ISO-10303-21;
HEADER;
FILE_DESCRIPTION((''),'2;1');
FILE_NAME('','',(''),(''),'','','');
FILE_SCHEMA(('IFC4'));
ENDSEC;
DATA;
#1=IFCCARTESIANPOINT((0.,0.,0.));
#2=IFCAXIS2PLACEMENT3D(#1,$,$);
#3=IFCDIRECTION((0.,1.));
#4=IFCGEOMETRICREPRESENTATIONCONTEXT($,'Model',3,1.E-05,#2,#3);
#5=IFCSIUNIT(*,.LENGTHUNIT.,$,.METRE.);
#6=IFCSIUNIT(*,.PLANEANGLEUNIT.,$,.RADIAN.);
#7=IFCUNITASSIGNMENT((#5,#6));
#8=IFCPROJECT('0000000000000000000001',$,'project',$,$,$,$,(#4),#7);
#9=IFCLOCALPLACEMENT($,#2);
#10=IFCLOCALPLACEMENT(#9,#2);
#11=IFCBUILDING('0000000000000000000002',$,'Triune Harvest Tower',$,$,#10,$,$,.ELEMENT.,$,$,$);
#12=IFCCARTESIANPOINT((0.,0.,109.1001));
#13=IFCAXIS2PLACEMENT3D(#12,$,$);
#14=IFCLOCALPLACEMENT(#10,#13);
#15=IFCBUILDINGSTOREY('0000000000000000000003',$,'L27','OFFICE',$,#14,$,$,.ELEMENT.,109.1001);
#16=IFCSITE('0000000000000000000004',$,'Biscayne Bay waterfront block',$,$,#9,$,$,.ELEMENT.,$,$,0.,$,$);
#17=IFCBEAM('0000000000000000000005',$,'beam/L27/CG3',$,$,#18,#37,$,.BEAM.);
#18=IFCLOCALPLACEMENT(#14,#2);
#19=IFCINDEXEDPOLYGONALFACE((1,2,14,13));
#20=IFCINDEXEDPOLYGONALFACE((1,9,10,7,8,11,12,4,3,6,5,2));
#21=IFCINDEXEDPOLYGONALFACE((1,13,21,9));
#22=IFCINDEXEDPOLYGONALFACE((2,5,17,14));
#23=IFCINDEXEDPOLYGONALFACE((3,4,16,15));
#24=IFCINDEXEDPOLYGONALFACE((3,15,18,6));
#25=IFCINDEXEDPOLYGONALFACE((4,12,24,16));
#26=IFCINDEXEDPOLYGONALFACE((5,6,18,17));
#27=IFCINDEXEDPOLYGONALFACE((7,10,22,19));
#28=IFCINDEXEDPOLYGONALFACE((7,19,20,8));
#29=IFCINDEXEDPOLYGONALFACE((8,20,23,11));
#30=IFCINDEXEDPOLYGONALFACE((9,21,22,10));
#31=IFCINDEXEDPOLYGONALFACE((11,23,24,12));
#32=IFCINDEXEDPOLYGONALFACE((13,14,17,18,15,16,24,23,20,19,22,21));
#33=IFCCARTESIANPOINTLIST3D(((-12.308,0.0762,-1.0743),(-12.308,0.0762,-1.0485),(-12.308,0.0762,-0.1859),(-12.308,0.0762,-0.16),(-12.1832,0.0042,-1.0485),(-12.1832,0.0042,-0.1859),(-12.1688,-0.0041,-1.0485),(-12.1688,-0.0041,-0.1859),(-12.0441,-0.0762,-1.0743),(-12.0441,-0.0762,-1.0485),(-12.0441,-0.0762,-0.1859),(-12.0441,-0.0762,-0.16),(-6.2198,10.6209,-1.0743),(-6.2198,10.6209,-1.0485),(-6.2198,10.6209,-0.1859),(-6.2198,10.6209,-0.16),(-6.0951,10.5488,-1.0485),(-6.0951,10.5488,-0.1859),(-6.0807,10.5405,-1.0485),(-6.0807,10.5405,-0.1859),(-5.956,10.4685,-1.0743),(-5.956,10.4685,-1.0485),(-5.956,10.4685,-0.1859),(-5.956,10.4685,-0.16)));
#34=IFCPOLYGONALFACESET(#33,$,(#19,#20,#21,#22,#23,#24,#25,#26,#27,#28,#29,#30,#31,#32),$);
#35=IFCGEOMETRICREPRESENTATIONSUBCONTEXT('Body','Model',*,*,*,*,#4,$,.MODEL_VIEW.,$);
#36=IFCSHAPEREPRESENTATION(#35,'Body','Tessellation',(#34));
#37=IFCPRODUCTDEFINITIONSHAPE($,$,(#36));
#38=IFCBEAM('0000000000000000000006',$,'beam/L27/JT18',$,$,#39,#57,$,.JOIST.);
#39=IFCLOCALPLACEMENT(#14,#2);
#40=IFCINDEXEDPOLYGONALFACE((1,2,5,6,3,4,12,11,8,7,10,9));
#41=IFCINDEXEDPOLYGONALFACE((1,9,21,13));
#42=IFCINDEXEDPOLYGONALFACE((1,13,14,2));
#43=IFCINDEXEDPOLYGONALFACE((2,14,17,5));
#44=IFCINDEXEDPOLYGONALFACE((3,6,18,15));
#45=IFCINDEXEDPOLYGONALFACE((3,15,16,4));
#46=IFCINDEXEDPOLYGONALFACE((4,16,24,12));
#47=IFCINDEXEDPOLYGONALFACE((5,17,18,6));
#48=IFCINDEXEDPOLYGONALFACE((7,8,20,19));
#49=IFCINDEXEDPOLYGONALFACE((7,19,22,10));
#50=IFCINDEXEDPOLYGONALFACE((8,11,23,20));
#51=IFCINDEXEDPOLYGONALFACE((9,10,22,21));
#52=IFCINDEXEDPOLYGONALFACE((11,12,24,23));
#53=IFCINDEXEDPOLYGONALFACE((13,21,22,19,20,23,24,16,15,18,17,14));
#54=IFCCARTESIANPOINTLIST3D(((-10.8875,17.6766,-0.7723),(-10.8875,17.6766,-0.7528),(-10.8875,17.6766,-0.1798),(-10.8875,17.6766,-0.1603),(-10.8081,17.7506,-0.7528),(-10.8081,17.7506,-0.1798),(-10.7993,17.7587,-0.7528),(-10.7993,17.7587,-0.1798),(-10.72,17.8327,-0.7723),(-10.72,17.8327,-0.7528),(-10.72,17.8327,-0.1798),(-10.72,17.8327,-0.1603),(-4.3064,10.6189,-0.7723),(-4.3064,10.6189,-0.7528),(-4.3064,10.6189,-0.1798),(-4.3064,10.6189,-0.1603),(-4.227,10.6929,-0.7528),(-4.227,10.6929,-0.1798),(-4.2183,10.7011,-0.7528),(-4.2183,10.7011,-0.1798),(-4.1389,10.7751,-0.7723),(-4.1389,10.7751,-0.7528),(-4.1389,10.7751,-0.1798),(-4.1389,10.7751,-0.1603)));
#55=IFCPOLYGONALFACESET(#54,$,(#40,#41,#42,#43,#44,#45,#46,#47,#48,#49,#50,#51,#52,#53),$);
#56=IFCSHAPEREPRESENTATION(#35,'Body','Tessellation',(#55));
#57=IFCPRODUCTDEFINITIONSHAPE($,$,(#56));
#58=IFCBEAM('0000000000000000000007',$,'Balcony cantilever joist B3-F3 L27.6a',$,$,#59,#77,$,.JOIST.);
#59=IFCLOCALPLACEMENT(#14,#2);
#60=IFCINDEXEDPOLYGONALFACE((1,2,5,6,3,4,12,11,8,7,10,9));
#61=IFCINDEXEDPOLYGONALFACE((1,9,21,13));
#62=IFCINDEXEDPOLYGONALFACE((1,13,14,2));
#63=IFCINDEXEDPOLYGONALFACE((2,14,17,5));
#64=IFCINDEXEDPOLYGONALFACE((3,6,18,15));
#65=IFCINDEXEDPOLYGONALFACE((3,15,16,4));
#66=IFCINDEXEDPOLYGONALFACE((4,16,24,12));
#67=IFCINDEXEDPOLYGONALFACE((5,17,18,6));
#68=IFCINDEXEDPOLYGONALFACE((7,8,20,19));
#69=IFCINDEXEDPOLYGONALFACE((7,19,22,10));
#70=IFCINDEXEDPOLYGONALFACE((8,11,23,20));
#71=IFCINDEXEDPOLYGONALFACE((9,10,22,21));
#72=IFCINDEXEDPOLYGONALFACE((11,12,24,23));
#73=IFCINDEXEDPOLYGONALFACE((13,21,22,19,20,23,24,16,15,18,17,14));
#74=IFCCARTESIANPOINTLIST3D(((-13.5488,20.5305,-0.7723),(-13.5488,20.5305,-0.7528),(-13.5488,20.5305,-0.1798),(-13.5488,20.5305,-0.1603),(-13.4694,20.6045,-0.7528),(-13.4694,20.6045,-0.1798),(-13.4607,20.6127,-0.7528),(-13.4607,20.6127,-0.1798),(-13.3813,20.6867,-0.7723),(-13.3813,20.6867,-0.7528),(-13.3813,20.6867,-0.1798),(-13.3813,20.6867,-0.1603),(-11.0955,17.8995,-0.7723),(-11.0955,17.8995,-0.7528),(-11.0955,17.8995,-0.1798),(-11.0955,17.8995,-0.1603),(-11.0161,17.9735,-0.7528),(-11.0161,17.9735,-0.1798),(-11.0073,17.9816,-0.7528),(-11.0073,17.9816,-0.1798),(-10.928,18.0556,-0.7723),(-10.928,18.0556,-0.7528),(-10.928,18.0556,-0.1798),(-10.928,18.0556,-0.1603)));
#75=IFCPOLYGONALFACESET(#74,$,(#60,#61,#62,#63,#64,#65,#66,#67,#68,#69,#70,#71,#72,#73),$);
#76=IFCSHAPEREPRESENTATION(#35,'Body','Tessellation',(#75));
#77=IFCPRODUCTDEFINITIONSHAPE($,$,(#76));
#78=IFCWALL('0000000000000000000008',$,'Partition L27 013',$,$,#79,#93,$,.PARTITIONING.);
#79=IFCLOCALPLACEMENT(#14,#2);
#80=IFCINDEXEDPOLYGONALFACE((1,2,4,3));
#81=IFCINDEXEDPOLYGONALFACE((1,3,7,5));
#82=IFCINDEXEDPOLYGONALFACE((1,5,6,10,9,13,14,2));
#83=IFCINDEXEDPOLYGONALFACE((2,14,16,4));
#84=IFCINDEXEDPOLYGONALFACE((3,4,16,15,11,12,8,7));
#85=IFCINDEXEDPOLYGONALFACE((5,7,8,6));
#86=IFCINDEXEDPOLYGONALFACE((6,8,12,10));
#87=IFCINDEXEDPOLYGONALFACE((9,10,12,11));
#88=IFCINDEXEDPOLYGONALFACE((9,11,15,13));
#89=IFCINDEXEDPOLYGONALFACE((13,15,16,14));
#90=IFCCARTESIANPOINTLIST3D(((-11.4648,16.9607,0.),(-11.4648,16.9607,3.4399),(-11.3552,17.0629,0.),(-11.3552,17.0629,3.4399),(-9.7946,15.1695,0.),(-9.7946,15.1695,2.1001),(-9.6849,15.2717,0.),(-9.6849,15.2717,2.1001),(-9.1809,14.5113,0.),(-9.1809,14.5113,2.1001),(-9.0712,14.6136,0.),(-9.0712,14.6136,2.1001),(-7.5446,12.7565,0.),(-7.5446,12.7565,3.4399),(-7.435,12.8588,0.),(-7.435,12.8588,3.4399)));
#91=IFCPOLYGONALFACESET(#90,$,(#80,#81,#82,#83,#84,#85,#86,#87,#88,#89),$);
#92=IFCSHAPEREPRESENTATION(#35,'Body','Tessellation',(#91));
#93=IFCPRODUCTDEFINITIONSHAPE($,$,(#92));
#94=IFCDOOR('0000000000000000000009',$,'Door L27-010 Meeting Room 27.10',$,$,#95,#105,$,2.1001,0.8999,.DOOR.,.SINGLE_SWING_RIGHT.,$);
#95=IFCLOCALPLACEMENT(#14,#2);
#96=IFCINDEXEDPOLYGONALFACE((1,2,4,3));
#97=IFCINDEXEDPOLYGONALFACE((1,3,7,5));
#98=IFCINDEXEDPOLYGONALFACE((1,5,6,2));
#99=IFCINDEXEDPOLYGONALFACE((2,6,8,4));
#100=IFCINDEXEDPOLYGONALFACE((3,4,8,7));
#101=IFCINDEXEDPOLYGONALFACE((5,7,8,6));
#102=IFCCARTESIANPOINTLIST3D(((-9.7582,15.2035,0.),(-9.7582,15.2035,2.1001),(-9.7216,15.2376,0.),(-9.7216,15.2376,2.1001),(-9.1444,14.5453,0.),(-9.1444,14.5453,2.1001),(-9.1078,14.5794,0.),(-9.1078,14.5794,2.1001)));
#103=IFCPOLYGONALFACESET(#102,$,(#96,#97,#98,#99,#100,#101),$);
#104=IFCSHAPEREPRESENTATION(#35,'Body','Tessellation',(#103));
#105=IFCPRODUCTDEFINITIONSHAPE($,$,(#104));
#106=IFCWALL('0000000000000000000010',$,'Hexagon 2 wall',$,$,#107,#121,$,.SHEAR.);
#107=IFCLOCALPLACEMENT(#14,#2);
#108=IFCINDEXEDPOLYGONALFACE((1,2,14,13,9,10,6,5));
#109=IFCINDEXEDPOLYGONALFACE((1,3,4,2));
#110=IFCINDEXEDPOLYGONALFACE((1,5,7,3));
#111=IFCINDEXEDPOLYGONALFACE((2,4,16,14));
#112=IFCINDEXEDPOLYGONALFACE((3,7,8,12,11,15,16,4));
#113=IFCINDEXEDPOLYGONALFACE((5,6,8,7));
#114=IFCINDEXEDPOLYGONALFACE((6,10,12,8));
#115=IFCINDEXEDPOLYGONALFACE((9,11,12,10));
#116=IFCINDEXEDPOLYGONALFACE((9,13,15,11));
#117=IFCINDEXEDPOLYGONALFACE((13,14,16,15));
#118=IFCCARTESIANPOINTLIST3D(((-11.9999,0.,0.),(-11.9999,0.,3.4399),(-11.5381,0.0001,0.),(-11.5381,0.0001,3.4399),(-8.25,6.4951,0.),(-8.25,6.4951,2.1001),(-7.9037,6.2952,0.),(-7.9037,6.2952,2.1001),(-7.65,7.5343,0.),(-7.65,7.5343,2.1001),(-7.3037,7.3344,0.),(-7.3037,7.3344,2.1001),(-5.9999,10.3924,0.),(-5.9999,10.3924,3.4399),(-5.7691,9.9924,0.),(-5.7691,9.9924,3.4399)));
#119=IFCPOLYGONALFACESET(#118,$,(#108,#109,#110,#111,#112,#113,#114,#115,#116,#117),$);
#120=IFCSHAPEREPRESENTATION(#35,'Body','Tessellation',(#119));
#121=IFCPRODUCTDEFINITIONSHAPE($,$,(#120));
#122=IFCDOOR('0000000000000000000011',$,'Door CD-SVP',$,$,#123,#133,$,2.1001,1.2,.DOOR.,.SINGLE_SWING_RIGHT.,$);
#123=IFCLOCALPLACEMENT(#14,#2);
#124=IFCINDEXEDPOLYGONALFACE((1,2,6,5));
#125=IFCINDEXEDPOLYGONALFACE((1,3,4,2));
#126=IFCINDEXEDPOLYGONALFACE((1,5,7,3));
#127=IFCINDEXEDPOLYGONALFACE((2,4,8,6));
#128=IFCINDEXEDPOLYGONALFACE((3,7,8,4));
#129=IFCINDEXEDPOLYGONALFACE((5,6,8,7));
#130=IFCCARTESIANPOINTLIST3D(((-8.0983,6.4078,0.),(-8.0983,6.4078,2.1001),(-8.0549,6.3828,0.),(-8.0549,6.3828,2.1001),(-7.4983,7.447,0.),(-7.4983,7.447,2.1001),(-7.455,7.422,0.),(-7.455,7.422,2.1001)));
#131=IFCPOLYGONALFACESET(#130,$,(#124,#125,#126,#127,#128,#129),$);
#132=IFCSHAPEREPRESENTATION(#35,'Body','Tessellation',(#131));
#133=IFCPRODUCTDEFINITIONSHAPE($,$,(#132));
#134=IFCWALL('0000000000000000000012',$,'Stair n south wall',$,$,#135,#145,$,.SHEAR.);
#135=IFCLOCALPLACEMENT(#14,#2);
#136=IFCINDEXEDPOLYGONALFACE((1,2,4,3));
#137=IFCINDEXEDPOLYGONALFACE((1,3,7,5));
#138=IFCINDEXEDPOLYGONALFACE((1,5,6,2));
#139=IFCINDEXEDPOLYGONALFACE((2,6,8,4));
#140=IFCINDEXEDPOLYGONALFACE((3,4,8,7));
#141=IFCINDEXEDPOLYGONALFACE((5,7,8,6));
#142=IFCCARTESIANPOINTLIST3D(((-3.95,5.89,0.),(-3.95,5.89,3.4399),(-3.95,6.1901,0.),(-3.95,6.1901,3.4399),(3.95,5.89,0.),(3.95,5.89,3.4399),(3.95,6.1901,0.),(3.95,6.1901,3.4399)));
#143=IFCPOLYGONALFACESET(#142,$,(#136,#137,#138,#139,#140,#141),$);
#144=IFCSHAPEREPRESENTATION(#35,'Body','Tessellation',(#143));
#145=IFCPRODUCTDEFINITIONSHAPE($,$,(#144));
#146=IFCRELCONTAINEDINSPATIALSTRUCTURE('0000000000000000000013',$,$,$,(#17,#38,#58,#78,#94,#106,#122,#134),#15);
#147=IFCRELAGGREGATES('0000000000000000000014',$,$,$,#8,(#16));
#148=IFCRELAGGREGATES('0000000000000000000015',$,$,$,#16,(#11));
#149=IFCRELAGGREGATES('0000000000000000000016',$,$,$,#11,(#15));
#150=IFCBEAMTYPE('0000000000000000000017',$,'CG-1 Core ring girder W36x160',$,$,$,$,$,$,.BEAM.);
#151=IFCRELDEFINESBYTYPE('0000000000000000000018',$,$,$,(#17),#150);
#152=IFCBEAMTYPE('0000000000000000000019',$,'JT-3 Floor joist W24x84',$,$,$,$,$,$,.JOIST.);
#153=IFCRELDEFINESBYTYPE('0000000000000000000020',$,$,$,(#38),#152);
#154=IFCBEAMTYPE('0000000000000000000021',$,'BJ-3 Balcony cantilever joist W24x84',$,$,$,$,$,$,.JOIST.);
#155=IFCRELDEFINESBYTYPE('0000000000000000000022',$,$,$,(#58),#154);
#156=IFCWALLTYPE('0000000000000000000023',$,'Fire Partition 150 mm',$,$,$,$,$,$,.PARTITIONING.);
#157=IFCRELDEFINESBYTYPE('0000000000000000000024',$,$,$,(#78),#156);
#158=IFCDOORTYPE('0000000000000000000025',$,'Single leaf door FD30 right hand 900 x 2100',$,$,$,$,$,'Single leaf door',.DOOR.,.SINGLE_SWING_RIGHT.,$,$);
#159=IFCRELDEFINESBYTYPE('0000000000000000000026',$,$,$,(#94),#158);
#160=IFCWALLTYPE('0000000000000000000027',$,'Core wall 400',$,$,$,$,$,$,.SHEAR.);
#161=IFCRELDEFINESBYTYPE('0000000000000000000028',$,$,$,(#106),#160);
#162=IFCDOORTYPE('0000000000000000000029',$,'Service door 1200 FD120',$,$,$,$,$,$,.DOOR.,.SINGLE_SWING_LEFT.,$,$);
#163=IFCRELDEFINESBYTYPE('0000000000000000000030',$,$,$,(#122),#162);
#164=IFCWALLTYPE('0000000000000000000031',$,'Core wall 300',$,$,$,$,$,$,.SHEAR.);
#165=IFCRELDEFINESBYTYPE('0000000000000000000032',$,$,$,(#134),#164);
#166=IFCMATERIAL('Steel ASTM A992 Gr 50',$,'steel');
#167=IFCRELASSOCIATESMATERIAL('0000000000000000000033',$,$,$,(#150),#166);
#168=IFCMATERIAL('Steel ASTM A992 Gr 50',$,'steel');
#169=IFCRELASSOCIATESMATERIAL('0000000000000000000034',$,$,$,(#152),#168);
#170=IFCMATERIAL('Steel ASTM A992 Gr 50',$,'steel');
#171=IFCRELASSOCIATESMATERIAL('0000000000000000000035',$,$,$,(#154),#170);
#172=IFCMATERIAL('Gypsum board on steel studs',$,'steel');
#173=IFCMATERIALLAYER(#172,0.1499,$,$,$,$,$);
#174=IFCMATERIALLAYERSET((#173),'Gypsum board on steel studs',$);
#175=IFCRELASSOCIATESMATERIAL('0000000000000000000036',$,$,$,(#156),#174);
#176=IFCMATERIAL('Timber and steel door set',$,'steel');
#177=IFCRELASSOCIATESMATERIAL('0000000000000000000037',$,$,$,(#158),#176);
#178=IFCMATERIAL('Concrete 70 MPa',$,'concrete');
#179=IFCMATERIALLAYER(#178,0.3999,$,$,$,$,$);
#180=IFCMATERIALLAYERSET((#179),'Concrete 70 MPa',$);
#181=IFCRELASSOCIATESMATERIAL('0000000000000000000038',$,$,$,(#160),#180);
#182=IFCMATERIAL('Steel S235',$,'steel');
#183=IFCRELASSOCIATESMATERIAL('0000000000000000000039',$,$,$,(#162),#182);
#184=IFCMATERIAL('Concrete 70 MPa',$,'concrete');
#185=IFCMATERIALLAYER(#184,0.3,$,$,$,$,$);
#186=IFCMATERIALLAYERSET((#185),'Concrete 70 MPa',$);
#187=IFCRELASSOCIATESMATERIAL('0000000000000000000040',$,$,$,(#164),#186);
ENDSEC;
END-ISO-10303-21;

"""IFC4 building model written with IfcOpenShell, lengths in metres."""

from ifc_helpers import new_model, si_unit, direction, frame, frame_2d, origin, origin_2d, place, context, subcontext, project, spatial, polyline, rectangle, i_section, outline, extrude, source, transform, mapped, material, layer, layer_set, material_profile, profile_set, type_object, element, fill, save


model = new_model("IFC4")

# Units and contexts
model_context = context("Model", 3, precision=1e-05, world=origin(), true_north=direction((0.0, 1.0)))
body_context = subcontext(model_context, "Body", "Model", "MODEL_VIEW")
ifc_project = project(units=[si_unit("LENGTHUNIT", "METRE"), si_unit("PLANEANGLEUNIT", "RADIAN")], contexts=[model_context])

# Site, building, storey
site_placement = place(None, origin())
site = spatial("IfcSite", under=ifc_project, at=site_placement, Name="Biscayne Bay waterfront block", CompositionType="ELEMENT", RefElevation=0.0)
building_placement = place(site_placement, origin())
building = spatial("IfcBuilding", under=site, at=building_placement, Name="Triune Harvest Tower", CompositionType="ELEMENT")
storey_placement = place(building_placement, frame((0.0, 0.0, 109.1001)))
storey = spatial("IfcBuildingStorey", under=building, at=storey_placement, Name="L27", Description="OFFICE", CompositionType="ELEMENT", Elevation=109.1001)

# Beams
ifc_material_1 = material(Name="Steel ASTM A992 Gr 50", Category="steel")
ifc_material_profile_1 = material_profile(ifc_material_1, i_section(OverallWidth=0.3047, OverallDepth=0.9143, WebThickness=0.0166, FlangeThickness=0.0259, at=origin_2d()), Name="W36x160")
ifc_profile_set_1 = profile_set([ifc_material_profile_1], Name="Steel ASTM A992 Gr 50")
beam_type_1 = type_object("IfcBeamType", Name="CG-1 Core ring girder W36x160", PredefinedType="BEAM", material=ifc_profile_set_1)
shared_shape_1 = source(origin(), body_context, "Body", "SweptSolid", [
    extrude(i_section(OverallWidth=0.3047, OverallDepth=0.9143, WebThickness=0.0166, FlangeThickness=0.0259, at=origin_2d()), origin(), (0.0, 0.0, 1.0), 12.176),
])
beam_1_placement = place(storey_placement, frame((-6.0879, 10.5447, -0.6172), z_axis=(-0.50001, -0.86602, 0.0), x_axis=(0.86602, -0.50001, 0.0)))
element("IfcBeam", 1, at=beam_1_placement, inside=storey, type_object=beam_type_1, Name="beam/L27/CG3", PredefinedType="BEAM", context=body_context, shape_type="MappedRepresentation", body=[
    mapped(shared_shape_1, transform((0.0, 0.0, 0.0), scale=1.0)),
])
ifc_material_2 = material(Name="Steel ASTM A992 Gr 50", Category="steel")
ifc_material_profile_2 = material_profile(ifc_material_2, i_section(OverallWidth=0.229, OverallDepth=0.6121, WebThickness=0.012, FlangeThickness=0.0195, at=origin_2d()), Name="W24x84")
ifc_profile_set_2 = profile_set([ifc_material_profile_2], Name="Steel ASTM A992 Gr 50")
beam_type_2 = type_object("IfcBeamType", Name="JT-3 Floor joist W24x84", PredefinedType="JOIST", material=ifc_profile_set_2)
shared_shape_2 = source(origin(), body_context, "Body", "SweptSolid", [
    extrude(i_section(OverallWidth=0.229, OverallDepth=0.6121, WebThickness=0.012, FlangeThickness=0.0195, at=origin_2d()), origin(), (0.0, 0.0, 1.0), 9.6499),
])
beam_2_placement = place(storey_placement, frame((-10.8037, 17.7546, -0.4663), z_axis=(0.681983, -0.731368, 0.0), x_axis=(0.731368, 0.681983, 0.0)))
element("IfcBeam", 2, at=beam_2_placement, inside=storey, type_object=beam_type_2, Name="beam/L27/JT18", PredefinedType="JOIST", context=body_context, shape_type="MappedRepresentation", body=[
    mapped(shared_shape_2, transform((0.0, 0.0, 0.0), scale=1.0)),
])
ifc_material_3 = material(Name="Steel ASTM A992 Gr 50", Category="steel")
ifc_material_profile_3 = material_profile(ifc_material_3, i_section(OverallWidth=0.229, OverallDepth=0.6121, WebThickness=0.012, FlangeThickness=0.0195, at=origin_2d()), Name="W24x84")
ifc_profile_set_3 = profile_set([ifc_material_profile_3], Name="Steel ASTM A992 Gr 50")
beam_type_3 = type_object("IfcBeamType", Name="BJ-3 Balcony cantilever joist W24x84", PredefinedType="JOIST", material=ifc_profile_set_3)
shared_shape_3 = source(origin(), body_context, "Body", "SweptSolid", [
    extrude(i_section(OverallWidth=0.229, OverallDepth=0.6121, WebThickness=0.012, FlangeThickness=0.0195, at=origin_2d()), origin(), (0.0, 0.0, 1.0), 3.5974),
])
beam_3_placement = place(storey_placement, frame((-11.0117, 17.9775, -0.4663), z_axis=(-0.681972, 0.731378, 0.0), x_axis=(-0.731378, -0.681972, 0.0)))
element("IfcBeam", 3, at=beam_3_placement, inside=storey, type_object=beam_type_3, Name="Balcony cantilever joist B3-F3 L27.6a", PredefinedType="JOIST", context=body_context, shape_type="MappedRepresentation", body=[
    mapped(shared_shape_3, transform((0.0, 0.0, 0.0), scale=1.0)),
])

# Walls, openings, doors
ifc_material_4 = material(Name="Gypsum board on steel studs", Category="steel")
ifc_layer_1 = layer(ifc_material_4, 0.1499)
ifc_layer_set_1 = layer_set([ifc_layer_1], Name="Gypsum board on steel studs")
wall_type_1 = type_object("IfcWallType", Name="Fire Partition 150 mm", PredefinedType="PARTITIONING", material=ifc_layer_set_1)
wall_1_placement = place(storey_placement, frame((-11.4099, 17.0117, 0.0), z_axis=(0.0, 0.0, 1.0), x_axis=(0.681978, -0.731373, 0.0)))
wall_1 = element("IfcWall", 4, at=wall_1_placement, inside=storey, type_object=wall_type_1, Name="Partition L27 013", PredefinedType="PARTITIONING", context=body_context, shape_type="SweptSolid", body=[
    extrude(rectangle(XDim=5.7483, YDim=0.1499, at=frame_2d((2.874, 0.0))), origin(), (0.0, 0.0, 1.0), 3.4399),
])
opening_1_placement = place(wall_1_placement, frame((2.449, 0.0, 0.0)))
opening_1 = element("IfcOpeningElement", 5, at=opening_1_placement, cuts=wall_1, PredefinedType="OPENING", context=body_context, shape_type="SweptSolid", body=[
    extrude(rectangle(XDim=0.8999, YDim=2.1001, at=frame_2d((0.45, 1.05))), frame((0.0, 0.085, 0.0), z_axis=(0.0, -1.0, 0.0), x_axis=(1.0, 0.0, 0.0)), (0.0, 0.0, 1.0), 0.1699),
])
ifc_material_5 = material(Name="Timber and steel door set", Category="steel")
door_type_1 = type_object("IfcDoorType", Name="Single leaf door FD30 right hand 900 x 2100", ElementType="Single leaf door", OperationType="SINGLE_SWING_RIGHT", PredefinedType="DOOR", material=ifc_material_5)
door_1_placement = place(opening_1_placement, origin())
door_1 = element("IfcDoor", 6, at=door_1_placement, inside=storey, type_object=door_type_1, Name="Door L27-010 Meeting Room 27.10", OperationType="SINGLE_SWING_RIGHT", OverallHeight=2.1001, OverallWidth=0.8999, PredefinedType="DOOR", context=body_context, shape_type="SweptSolid", body=[
    extrude(rectangle(XDim=0.8999, YDim=2.1001, at=frame_2d((0.45, 1.05))), frame((0.0, 0.0249, 0.0), z_axis=(0.0, -1.0, 0.0), x_axis=(1.0, 0.0, 0.0)), (0.0, 0.0, 1.0), 0.05),
])
fill(opening_1, door_1)
ifc_material_6 = material(Name="Concrete 70 MPa", Category="concrete")
ifc_layer_2 = layer(ifc_material_6, 0.3999)
ifc_layer_set_2 = layer_set([ifc_layer_2], Name="Concrete 70 MPa")
wall_type_2 = type_object("IfcWallType", Name="Core wall 400", PredefinedType="SHEAR", material=ifc_layer_set_2)
shared_shape_4 = source(origin(), body_context, "Body", "SweptSolid", [
    extrude(outline(polyline([(-0.1155, -0.2), (11.8845, -0.2), (11.6536, 0.2), (0.1155, 0.2), (-0.1155, -0.2)])), origin(), (0.0, 0.0, 1.0), 3.4399),
])
wall_2_placement = place(storey_placement, frame((-5.8845, 10.1924, 0.0), z_axis=(0.0, 0.0, 1.0), x_axis=(-0.499997, -0.866027, 0.0)))
wall_2 = element("IfcWall", 7, at=wall_2_placement, inside=storey, type_object=wall_type_2, Name="Hexagon 2 wall", PredefinedType="SHEAR", context=body_context, shape_type="MappedRepresentation", body=[
    mapped(shared_shape_4, transform((0.0, 0.0, 0.0), scale=1.0)),
])
opening_2_placement = place(wall_2_placement, frame((3.1846, 0.0, 0.0)))
opening_2 = element("IfcOpeningElement", 8, at=opening_2_placement, cuts=wall_2, PredefinedType="OPENING", context=body_context, shape_type="SweptSolid", body=[
    extrude(rectangle(XDim=1.2, YDim=2.1001, at=frame_2d((0.6001, 1.05))), frame((0.0, 0.21, 0.0), z_axis=(0.0, -1.0, 0.0), x_axis=(1.0, 0.0, 0.0)), (0.0, 0.0, 1.0), 0.4199),
])
ifc_material_7 = material(Name="Steel S235", Category="steel")
door_type_2 = type_object("IfcDoorType", Name="Service door 1200 FD120", OperationType="SINGLE_SWING_LEFT", PredefinedType="DOOR", material=ifc_material_7)
door_2_placement = place(opening_2_placement, frame((1.2, 0.0, 0.0), z_axis=(0.0, 0.0, 1.0), x_axis=(-1.0, 0.0, 0.0)))
door_2 = element("IfcDoor", 9, at=door_2_placement, inside=storey, type_object=door_type_2, Name="Door CD-SVP", OperationType="SINGLE_SWING_RIGHT", OverallHeight=2.1001, OverallWidth=1.2, PredefinedType="DOOR", context=body_context, shape_type="SweptSolid", body=[
    extrude(rectangle(XDim=1.2, YDim=2.1001, at=frame_2d((0.6001, 1.05))), frame((0.0, 0.0249, 0.0), z_axis=(0.0, -1.0, 0.0), x_axis=(1.0, 0.0, 0.0)), (0.0, 0.0, 1.0), 0.05),
])
fill(opening_2, door_2)

# Wall
ifc_material_8 = material(Name="Concrete 70 MPa", Category="concrete")
ifc_layer_3 = layer(ifc_material_8, 0.3)
ifc_layer_set_3 = layer_set([ifc_layer_3], Name="Concrete 70 MPa")
wall_type_3 = type_object("IfcWallType", Name="Core wall 300", PredefinedType="SHEAR", material=ifc_layer_set_3)
shared_shape_5 = source(origin(), body_context, "Body", "SweptSolid", [
    extrude(rectangle(XDim=7.8999, YDim=0.3, at=frame_2d((3.95, 0.0))), origin(), (0.0, 0.0, 1.0), 3.4399),
])
wall_3_placement = place(storey_placement, frame((-3.95, 6.04, 0.0), z_axis=(0.0, 0.0, 1.0), x_axis=(1.0, 0.0, 0.0)))
element("IfcWall", 10, at=wall_3_placement, inside=storey, type_object=wall_type_3, Name="Stair n south wall", PredefinedType="SHEAR", context=body_context, shape_type="MappedRepresentation", body=[
    mapped(shared_shape_5, transform((0.0, 0.0, 0.0), scale=1.0)),
])

save(model, "model.ifc")
